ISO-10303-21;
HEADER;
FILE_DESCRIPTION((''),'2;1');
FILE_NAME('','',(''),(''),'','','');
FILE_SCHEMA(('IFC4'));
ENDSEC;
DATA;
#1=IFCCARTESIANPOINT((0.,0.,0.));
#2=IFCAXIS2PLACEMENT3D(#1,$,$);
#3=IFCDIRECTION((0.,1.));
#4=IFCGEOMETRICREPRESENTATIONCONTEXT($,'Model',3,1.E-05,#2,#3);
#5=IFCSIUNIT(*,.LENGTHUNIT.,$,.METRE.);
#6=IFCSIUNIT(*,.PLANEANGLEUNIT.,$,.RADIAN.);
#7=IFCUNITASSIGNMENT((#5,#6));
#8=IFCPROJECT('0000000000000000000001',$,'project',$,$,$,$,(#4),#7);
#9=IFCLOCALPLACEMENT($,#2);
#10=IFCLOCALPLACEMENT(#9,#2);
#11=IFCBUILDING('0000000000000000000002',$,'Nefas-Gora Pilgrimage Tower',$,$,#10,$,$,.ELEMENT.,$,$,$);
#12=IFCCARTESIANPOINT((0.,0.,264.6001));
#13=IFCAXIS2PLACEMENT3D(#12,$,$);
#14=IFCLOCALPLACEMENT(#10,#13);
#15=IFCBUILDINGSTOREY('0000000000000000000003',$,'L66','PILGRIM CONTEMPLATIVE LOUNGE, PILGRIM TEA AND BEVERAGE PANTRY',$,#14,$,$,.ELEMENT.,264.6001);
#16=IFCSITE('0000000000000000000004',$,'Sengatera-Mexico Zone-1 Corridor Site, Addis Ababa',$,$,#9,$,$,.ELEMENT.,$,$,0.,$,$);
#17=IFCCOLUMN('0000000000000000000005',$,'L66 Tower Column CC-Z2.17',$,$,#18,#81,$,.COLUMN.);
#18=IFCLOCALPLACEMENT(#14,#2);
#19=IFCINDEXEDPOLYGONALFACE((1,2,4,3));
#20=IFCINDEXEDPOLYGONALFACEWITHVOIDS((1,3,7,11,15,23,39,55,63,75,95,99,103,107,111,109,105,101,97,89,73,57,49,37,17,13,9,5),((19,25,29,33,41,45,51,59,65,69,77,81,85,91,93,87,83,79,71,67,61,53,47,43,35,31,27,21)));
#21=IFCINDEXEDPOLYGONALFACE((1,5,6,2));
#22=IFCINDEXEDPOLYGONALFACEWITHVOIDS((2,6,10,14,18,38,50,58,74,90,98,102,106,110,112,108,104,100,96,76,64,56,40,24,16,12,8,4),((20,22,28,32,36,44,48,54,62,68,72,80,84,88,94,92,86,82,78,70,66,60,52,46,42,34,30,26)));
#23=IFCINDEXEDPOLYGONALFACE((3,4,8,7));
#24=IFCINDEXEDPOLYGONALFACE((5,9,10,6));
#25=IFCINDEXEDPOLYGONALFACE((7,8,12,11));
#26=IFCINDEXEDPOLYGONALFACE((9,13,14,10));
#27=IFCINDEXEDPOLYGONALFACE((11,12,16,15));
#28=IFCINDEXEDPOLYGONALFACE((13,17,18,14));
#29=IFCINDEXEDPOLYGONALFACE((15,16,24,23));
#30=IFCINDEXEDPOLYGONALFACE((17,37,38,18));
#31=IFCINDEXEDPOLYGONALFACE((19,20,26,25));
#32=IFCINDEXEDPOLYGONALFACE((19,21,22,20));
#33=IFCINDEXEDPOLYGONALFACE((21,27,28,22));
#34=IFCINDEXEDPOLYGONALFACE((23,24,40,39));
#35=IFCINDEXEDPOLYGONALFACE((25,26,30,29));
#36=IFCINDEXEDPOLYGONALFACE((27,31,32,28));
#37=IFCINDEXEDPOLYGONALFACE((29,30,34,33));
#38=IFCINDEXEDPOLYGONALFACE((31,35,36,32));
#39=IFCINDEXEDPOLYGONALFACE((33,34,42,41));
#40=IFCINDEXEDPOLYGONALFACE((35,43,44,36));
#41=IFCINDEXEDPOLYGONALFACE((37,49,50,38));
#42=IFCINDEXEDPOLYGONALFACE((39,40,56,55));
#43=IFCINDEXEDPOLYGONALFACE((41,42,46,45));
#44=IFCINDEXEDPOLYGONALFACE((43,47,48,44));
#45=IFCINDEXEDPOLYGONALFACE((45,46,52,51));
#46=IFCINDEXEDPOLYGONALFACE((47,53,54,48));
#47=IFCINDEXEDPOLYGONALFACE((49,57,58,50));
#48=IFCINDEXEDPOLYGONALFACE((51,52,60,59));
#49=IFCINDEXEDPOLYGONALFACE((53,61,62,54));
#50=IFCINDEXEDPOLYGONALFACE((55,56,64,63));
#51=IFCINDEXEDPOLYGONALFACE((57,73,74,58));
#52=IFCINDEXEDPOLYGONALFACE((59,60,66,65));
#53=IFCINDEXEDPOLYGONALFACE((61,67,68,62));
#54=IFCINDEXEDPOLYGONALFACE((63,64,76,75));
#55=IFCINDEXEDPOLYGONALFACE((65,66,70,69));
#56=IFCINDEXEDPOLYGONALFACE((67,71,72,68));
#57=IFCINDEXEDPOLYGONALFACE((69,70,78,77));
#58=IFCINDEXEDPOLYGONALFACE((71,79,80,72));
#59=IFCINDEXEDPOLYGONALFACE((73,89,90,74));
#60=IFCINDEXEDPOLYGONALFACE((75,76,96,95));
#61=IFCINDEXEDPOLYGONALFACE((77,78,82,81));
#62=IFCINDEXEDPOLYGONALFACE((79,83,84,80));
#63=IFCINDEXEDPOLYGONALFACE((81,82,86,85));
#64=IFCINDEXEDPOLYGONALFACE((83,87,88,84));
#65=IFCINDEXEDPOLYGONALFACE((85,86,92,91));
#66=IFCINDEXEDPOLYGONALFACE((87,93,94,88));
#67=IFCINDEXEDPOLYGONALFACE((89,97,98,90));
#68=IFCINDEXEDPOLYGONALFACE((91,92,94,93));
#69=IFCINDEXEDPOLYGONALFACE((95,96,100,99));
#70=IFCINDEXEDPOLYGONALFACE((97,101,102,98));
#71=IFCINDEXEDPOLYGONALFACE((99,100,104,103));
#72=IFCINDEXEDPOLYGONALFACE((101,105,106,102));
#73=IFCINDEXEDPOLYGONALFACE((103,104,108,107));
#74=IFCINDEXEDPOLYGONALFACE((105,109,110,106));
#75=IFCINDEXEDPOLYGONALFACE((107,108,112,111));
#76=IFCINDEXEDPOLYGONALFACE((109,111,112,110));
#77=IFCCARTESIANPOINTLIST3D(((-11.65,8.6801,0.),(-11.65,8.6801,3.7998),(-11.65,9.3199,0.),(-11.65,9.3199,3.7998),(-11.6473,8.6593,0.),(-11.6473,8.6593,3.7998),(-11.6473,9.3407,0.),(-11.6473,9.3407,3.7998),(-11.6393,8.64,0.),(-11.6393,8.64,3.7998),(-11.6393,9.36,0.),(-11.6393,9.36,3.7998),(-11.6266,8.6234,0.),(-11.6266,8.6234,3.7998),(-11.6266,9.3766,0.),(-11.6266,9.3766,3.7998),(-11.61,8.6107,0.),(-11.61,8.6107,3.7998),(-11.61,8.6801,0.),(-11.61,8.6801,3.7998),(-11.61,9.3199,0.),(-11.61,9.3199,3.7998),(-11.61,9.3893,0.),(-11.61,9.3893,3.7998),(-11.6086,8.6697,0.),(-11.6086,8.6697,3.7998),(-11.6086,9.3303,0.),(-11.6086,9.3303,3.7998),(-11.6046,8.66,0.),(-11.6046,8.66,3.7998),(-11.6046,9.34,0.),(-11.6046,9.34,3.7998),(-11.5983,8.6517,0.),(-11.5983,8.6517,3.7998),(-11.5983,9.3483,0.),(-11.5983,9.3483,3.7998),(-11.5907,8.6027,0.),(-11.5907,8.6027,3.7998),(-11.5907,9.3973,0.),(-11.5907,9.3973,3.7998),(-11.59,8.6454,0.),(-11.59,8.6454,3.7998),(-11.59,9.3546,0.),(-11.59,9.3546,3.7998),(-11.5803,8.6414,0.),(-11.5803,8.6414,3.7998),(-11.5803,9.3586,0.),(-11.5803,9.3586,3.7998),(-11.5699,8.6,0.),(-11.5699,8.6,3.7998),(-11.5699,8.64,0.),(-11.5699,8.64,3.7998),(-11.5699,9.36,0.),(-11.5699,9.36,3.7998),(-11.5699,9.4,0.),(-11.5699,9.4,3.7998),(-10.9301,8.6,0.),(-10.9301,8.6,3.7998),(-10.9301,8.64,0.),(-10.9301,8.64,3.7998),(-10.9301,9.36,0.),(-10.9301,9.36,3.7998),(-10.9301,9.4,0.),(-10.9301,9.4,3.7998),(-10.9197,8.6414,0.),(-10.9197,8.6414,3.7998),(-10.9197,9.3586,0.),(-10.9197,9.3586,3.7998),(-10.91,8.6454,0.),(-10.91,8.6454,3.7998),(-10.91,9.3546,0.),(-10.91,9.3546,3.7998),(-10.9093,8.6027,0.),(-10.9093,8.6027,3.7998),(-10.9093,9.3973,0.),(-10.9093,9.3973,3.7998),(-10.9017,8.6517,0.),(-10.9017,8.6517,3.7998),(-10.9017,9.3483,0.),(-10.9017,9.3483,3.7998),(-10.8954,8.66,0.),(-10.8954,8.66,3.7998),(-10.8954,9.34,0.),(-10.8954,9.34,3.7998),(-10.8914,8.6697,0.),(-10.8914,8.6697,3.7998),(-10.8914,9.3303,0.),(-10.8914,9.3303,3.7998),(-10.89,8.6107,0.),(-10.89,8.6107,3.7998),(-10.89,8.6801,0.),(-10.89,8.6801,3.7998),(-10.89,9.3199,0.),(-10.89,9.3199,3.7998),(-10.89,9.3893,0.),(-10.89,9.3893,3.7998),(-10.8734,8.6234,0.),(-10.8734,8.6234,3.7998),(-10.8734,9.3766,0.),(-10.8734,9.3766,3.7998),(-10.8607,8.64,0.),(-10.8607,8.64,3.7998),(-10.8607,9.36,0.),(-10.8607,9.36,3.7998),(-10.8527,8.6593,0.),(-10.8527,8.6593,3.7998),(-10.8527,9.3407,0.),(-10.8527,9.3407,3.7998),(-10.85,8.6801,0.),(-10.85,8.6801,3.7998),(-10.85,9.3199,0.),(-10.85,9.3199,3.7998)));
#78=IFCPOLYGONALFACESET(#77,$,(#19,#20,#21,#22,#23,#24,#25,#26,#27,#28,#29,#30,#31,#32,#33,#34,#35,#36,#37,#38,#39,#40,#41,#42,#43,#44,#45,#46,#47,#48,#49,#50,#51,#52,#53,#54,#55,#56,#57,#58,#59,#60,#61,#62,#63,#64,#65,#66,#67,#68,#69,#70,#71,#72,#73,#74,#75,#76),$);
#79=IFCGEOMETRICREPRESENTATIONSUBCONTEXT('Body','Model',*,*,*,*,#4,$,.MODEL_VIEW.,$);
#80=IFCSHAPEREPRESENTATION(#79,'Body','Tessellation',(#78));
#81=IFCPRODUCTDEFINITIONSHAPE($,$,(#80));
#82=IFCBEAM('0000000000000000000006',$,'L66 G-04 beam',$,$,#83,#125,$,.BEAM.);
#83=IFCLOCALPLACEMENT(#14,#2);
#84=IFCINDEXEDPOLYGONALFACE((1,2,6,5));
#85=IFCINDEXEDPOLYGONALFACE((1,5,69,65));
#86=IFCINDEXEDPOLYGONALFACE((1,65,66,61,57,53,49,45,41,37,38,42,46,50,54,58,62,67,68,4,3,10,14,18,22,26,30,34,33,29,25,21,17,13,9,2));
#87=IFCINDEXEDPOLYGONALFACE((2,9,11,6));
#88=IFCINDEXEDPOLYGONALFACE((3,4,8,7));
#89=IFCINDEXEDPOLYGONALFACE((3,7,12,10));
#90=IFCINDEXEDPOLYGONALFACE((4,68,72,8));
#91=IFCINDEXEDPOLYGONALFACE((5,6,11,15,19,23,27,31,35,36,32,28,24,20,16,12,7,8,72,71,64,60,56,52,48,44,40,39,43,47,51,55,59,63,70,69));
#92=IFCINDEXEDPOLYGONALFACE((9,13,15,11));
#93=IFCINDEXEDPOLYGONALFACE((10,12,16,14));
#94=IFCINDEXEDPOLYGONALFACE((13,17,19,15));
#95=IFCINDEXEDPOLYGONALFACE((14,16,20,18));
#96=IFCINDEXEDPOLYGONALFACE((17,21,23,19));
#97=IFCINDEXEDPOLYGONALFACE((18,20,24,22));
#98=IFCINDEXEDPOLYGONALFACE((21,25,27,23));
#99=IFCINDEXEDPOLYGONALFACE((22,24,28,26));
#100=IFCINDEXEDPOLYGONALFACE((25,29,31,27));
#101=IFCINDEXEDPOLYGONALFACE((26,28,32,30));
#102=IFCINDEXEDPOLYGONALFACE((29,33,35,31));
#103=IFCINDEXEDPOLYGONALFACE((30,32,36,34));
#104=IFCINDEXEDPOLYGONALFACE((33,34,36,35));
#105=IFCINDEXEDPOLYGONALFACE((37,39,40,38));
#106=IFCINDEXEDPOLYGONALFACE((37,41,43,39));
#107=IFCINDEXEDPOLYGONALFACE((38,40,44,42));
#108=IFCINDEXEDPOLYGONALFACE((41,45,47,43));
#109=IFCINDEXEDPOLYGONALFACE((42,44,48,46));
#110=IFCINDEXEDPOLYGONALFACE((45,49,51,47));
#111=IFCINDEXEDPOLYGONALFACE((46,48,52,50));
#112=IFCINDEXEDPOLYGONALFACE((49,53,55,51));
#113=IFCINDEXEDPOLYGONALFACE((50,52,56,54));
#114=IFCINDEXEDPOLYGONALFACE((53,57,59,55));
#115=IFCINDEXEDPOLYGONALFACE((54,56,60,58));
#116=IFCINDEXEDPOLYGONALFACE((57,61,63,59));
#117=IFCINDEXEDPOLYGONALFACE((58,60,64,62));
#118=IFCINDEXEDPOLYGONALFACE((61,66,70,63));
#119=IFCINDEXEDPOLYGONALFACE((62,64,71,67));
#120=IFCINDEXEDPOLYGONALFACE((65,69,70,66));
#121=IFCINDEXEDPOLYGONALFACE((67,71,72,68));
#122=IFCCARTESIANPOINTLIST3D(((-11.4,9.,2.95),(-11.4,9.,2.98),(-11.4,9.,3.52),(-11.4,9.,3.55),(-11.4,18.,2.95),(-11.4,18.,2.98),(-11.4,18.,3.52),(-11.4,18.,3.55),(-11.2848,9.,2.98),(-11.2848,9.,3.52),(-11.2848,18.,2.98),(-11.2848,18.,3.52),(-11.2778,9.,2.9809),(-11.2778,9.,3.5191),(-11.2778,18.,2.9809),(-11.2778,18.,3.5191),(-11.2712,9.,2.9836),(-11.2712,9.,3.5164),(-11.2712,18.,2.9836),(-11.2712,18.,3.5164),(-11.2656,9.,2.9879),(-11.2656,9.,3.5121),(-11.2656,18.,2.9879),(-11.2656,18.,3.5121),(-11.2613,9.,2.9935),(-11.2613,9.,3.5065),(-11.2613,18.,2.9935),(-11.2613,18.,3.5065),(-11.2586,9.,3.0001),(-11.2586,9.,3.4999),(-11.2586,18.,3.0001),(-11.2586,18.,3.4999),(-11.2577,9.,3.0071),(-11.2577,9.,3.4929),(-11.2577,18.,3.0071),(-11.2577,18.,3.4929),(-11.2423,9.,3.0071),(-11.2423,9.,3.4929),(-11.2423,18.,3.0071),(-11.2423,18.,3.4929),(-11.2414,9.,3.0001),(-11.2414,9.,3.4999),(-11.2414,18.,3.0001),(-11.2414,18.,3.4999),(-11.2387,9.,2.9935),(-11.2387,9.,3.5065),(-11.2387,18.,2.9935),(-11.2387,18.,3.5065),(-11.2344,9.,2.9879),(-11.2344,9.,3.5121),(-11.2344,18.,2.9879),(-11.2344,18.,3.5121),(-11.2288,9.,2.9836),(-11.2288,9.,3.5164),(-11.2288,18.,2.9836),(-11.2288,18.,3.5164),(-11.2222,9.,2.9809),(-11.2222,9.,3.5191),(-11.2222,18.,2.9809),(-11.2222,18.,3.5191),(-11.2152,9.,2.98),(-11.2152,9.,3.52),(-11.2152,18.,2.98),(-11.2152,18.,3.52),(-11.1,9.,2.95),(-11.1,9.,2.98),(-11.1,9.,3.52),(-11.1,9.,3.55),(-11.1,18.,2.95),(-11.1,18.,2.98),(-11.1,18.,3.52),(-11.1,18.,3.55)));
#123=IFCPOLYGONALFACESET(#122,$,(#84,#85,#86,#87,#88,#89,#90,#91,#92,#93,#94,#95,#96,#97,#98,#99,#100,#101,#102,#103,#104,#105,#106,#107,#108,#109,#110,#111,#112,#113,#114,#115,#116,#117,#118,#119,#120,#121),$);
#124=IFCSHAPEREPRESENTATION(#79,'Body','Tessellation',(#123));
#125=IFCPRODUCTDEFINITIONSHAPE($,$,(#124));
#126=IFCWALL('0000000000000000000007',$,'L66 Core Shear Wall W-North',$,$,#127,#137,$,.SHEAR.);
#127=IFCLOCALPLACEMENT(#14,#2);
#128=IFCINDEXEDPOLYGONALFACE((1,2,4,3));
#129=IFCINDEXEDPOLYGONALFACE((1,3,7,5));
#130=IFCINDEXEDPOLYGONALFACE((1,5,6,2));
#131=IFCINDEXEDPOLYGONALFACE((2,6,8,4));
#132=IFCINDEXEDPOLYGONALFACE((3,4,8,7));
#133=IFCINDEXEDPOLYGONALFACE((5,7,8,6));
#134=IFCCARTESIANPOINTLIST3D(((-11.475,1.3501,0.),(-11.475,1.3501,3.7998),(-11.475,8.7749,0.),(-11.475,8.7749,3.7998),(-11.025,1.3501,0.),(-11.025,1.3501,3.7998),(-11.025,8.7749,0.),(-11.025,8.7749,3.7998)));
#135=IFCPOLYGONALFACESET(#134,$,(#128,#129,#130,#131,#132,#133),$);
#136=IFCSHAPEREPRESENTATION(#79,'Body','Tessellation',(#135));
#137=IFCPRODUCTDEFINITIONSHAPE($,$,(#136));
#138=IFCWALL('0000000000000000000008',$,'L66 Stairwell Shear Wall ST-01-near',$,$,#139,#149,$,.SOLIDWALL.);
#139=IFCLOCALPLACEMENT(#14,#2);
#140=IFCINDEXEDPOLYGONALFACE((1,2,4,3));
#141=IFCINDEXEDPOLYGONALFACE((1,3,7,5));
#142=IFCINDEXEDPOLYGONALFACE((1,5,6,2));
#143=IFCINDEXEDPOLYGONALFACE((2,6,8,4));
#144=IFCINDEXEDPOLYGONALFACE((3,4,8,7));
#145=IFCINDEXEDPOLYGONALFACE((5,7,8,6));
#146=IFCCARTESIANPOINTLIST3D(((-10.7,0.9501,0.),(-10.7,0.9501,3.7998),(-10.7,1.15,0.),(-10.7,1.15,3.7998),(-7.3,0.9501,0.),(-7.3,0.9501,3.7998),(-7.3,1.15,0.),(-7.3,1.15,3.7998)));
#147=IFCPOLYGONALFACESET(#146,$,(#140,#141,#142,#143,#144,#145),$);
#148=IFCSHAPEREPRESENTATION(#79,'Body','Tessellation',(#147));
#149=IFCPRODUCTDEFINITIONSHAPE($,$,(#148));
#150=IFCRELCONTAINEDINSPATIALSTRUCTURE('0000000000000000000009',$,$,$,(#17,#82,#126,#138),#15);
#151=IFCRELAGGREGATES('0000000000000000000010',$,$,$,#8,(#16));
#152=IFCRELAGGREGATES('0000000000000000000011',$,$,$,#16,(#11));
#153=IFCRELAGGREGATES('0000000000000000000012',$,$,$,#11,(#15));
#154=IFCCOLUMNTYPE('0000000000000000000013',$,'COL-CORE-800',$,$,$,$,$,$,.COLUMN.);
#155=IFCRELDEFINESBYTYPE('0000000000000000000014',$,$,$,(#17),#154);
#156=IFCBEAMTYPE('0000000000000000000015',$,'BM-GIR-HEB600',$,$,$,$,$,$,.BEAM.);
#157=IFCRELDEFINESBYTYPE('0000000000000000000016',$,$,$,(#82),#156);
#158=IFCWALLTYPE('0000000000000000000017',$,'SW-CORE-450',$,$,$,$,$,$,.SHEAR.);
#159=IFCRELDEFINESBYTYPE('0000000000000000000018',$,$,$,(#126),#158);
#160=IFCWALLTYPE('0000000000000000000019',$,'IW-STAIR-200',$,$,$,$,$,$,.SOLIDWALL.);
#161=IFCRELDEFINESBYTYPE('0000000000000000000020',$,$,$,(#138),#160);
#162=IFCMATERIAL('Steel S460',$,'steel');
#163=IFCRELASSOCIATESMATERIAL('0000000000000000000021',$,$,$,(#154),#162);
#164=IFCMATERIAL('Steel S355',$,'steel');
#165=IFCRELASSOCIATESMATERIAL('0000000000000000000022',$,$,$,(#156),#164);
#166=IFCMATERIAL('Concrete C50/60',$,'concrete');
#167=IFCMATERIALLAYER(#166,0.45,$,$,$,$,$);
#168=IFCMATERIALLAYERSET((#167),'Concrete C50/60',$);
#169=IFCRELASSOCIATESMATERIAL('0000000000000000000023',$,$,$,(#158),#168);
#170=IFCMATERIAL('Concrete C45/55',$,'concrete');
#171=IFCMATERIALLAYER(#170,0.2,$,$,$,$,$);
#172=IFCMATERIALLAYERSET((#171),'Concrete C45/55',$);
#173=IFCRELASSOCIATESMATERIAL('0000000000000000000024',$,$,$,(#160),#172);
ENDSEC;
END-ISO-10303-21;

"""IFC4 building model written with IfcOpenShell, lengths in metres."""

from ifc_helpers import new_model, si_unit, direction, frame, frame_2d, origin, origin_2d, place, context, subcontext, project, spatial, rectangle, hollow_rectangle, i_section, extrude, source, transform, mapped, material, layer, layer_set, material_profile, profile_set, type_object, element, save


model = new_model("IFC4")

# Units and contexts
model_context = context("Model", 3, precision=1e-05, world=origin(), true_north=direction((0.0, 1.0)))
body_context = subcontext(model_context, "Body", "Model", "MODEL_VIEW")
ifc_project = project(units=[si_unit("LENGTHUNIT", "METRE"), si_unit("PLANEANGLEUNIT", "RADIAN")], contexts=[model_context])

# Site, building, storey
site_placement = place(None, origin())
site = spatial("IfcSite", under=ifc_project, at=site_placement, Name="Sengatera-Mexico Zone-1 Corridor Site, Addis Ababa", CompositionType="ELEMENT", RefElevation=0.0)
building_placement = place(site_placement, origin())
building = spatial("IfcBuilding", under=site, at=building_placement, Name="Nefas-Gora Pilgrimage Tower", CompositionType="ELEMENT")
storey_placement = place(building_placement, frame((0.0, 0.0, 264.6001)))
storey = spatial("IfcBuildingStorey", under=building, at=storey_placement, Name="L66", Description="PILGRIM CONTEMPLATIVE LOUNGE, PILGRIM TEA AND BEVERAGE PANTRY", CompositionType="ELEMENT", Elevation=264.6001)

# Column
ifc_material_1 = material(Name="Steel S460", Category="steel")
ifc_material_profile_1 = material_profile(ifc_material_1, hollow_rectangle(XDim=0.8, YDim=0.8, WallThickness=0.04, InnerFilletRadius=0.04, OuterFilletRadius=0.0801, at=origin_2d()), Name="BOX 800x800x40")
ifc_profile_set_1 = profile_set([ifc_material_profile_1], Name="Steel S460")
column_type = type_object("IfcColumnType", Name="COL-CORE-800", PredefinedType="COLUMN", material=ifc_profile_set_1)
shared_shape_1 = source(origin(), body_context, "Body", "SweptSolid", [
    extrude(hollow_rectangle(XDim=0.8, YDim=0.8, WallThickness=0.04, InnerFilletRadius=0.04, OuterFilletRadius=0.0801, at=origin_2d()), origin(), (0.0, 0.0, 1.0), 3.7998),
])
column_placement = place(storey_placement, frame((-11.25, 9.0, 0.0), z_axis=(0.0, 0.0, 1.0), x_axis=(1.0, 0.0, 0.0)))
element("IfcColumn", 1, at=column_placement, inside=storey, type_object=column_type, Name="L66 Tower Column CC-Z2.17", PredefinedType="COLUMN", context=body_context, shape_type="MappedRepresentation", body=[
    mapped(shared_shape_1, transform((0.0, 0.0, 0.0), x_axis=(1.0, 0.0, 0.0), y_axis=(0.0, 1.0, 0.0), z_axis=(0.0, 0.0, 1.0), scale=1.0)),
])

# Beam
ifc_material_2 = material(Name="Steel S355", Category="steel")
ifc_material_profile_2 = material_profile(ifc_material_2, i_section(OverallWidth=0.3, OverallDepth=0.6001, WebThickness=0.0154, FlangeThickness=0.03, FilletRadius=0.0271, at=origin_2d()), Name="HEB 600")
ifc_profile_set_2 = profile_set([ifc_material_profile_2], Name="Steel S355")
beam_type = type_object("IfcBeamType", Name="BM-GIR-HEB600", PredefinedType="BEAM", material=ifc_profile_set_2)
shared_shape_2 = source(origin(), body_context, "Body", "SweptSolid", [
    extrude(i_section(OverallWidth=0.3, OverallDepth=0.6001, WebThickness=0.0154, FlangeThickness=0.03, FilletRadius=0.0271, at=origin_2d()), origin(), (0.0, 0.0, 1.0), 9.0),
])
beam_placement = place(storey_placement, frame((-11.25, 9.0, 3.25), z_axis=(0.0, 1.0, 0.0), x_axis=(-1.0, 0.0, 0.0)))
element("IfcBeam", 2, at=beam_placement, inside=storey, type_object=beam_type, Name="L66 G-04 beam", PredefinedType="BEAM", context=body_context, shape_type="MappedRepresentation", body=[
    mapped(shared_shape_2, transform((0.0, 0.0, 0.0), x_axis=(1.0, 0.0, 0.0), y_axis=(0.0, 1.0, 0.0), z_axis=(0.0, 0.0, 1.0), scale=1.0)),
])

# Walls
ifc_material_3 = material(Name="Concrete C50/60", Category="concrete")
ifc_layer_1 = layer(ifc_material_3, 0.45)
ifc_layer_set_1 = layer_set([ifc_layer_1], Name="Concrete C50/60")
wall_type_1 = type_object("IfcWallType", Name="SW-CORE-450", PredefinedType="SHEAR", material=ifc_layer_set_1)
shared_shape_3 = source(origin(), body_context, "Body", "SweptSolid", [
    extrude(rectangle(XDim=7.4248, YDim=0.45, at=frame_2d((3.7124, 0.0))), origin(), (0.0, 0.0, 1.0), 3.7998),
])
wall_1_placement = place(storey_placement, frame((-11.25, 1.3501, 0.0), z_axis=(0.0, 0.0, 1.0), x_axis=(0.0, 1.0, 0.0)))
element("IfcWall", 3, at=wall_1_placement, inside=storey, type_object=wall_type_1, Name="L66 Core Shear Wall W-North", PredefinedType="SHEAR", context=body_context, shape_type="MappedRepresentation", body=[
    mapped(shared_shape_3, transform((0.0, 0.0, 0.0), x_axis=(1.0, 0.0, 0.0), y_axis=(0.0, 1.0, 0.0), z_axis=(0.0, 0.0, 1.0), scale=1.0)),
])
ifc_material_4 = material(Name="Concrete C45/55", Category="concrete")
ifc_layer_2 = layer(ifc_material_4, 0.2)
ifc_layer_set_2 = layer_set([ifc_layer_2], Name="Concrete C45/55")
wall_type_2 = type_object("IfcWallType", Name="IW-STAIR-200", PredefinedType="SOLIDWALL", material=ifc_layer_set_2)
shared_shape_4 = source(origin(), body_context, "Body", "SweptSolid", [
    extrude(rectangle(XDim=3.3999, YDim=0.2, at=frame_2d((1.7, 0.0))), origin(), (0.0, 0.0, 1.0), 3.7998),
])
wall_2_placement = place(storey_placement, frame((-7.3, 1.05, 0.0), z_axis=(0.0, 0.0, 1.0), x_axis=(-1.0, 0.0, 0.0)))
element("IfcWall", 4, at=wall_2_placement, inside=storey, type_object=wall_type_2, Name="L66 Stairwell Shear Wall ST-01-near", PredefinedType="SOLIDWALL", context=body_context, shape_type="MappedRepresentation", body=[
    mapped(shared_shape_4, transform((0.0, 0.0, 0.0), x_axis=(1.0, 0.0, 0.0), y_axis=(0.0, 1.0, 0.0), z_axis=(0.0, 0.0, 1.0), scale=1.0)),
])

save(model, "model.ifc")
